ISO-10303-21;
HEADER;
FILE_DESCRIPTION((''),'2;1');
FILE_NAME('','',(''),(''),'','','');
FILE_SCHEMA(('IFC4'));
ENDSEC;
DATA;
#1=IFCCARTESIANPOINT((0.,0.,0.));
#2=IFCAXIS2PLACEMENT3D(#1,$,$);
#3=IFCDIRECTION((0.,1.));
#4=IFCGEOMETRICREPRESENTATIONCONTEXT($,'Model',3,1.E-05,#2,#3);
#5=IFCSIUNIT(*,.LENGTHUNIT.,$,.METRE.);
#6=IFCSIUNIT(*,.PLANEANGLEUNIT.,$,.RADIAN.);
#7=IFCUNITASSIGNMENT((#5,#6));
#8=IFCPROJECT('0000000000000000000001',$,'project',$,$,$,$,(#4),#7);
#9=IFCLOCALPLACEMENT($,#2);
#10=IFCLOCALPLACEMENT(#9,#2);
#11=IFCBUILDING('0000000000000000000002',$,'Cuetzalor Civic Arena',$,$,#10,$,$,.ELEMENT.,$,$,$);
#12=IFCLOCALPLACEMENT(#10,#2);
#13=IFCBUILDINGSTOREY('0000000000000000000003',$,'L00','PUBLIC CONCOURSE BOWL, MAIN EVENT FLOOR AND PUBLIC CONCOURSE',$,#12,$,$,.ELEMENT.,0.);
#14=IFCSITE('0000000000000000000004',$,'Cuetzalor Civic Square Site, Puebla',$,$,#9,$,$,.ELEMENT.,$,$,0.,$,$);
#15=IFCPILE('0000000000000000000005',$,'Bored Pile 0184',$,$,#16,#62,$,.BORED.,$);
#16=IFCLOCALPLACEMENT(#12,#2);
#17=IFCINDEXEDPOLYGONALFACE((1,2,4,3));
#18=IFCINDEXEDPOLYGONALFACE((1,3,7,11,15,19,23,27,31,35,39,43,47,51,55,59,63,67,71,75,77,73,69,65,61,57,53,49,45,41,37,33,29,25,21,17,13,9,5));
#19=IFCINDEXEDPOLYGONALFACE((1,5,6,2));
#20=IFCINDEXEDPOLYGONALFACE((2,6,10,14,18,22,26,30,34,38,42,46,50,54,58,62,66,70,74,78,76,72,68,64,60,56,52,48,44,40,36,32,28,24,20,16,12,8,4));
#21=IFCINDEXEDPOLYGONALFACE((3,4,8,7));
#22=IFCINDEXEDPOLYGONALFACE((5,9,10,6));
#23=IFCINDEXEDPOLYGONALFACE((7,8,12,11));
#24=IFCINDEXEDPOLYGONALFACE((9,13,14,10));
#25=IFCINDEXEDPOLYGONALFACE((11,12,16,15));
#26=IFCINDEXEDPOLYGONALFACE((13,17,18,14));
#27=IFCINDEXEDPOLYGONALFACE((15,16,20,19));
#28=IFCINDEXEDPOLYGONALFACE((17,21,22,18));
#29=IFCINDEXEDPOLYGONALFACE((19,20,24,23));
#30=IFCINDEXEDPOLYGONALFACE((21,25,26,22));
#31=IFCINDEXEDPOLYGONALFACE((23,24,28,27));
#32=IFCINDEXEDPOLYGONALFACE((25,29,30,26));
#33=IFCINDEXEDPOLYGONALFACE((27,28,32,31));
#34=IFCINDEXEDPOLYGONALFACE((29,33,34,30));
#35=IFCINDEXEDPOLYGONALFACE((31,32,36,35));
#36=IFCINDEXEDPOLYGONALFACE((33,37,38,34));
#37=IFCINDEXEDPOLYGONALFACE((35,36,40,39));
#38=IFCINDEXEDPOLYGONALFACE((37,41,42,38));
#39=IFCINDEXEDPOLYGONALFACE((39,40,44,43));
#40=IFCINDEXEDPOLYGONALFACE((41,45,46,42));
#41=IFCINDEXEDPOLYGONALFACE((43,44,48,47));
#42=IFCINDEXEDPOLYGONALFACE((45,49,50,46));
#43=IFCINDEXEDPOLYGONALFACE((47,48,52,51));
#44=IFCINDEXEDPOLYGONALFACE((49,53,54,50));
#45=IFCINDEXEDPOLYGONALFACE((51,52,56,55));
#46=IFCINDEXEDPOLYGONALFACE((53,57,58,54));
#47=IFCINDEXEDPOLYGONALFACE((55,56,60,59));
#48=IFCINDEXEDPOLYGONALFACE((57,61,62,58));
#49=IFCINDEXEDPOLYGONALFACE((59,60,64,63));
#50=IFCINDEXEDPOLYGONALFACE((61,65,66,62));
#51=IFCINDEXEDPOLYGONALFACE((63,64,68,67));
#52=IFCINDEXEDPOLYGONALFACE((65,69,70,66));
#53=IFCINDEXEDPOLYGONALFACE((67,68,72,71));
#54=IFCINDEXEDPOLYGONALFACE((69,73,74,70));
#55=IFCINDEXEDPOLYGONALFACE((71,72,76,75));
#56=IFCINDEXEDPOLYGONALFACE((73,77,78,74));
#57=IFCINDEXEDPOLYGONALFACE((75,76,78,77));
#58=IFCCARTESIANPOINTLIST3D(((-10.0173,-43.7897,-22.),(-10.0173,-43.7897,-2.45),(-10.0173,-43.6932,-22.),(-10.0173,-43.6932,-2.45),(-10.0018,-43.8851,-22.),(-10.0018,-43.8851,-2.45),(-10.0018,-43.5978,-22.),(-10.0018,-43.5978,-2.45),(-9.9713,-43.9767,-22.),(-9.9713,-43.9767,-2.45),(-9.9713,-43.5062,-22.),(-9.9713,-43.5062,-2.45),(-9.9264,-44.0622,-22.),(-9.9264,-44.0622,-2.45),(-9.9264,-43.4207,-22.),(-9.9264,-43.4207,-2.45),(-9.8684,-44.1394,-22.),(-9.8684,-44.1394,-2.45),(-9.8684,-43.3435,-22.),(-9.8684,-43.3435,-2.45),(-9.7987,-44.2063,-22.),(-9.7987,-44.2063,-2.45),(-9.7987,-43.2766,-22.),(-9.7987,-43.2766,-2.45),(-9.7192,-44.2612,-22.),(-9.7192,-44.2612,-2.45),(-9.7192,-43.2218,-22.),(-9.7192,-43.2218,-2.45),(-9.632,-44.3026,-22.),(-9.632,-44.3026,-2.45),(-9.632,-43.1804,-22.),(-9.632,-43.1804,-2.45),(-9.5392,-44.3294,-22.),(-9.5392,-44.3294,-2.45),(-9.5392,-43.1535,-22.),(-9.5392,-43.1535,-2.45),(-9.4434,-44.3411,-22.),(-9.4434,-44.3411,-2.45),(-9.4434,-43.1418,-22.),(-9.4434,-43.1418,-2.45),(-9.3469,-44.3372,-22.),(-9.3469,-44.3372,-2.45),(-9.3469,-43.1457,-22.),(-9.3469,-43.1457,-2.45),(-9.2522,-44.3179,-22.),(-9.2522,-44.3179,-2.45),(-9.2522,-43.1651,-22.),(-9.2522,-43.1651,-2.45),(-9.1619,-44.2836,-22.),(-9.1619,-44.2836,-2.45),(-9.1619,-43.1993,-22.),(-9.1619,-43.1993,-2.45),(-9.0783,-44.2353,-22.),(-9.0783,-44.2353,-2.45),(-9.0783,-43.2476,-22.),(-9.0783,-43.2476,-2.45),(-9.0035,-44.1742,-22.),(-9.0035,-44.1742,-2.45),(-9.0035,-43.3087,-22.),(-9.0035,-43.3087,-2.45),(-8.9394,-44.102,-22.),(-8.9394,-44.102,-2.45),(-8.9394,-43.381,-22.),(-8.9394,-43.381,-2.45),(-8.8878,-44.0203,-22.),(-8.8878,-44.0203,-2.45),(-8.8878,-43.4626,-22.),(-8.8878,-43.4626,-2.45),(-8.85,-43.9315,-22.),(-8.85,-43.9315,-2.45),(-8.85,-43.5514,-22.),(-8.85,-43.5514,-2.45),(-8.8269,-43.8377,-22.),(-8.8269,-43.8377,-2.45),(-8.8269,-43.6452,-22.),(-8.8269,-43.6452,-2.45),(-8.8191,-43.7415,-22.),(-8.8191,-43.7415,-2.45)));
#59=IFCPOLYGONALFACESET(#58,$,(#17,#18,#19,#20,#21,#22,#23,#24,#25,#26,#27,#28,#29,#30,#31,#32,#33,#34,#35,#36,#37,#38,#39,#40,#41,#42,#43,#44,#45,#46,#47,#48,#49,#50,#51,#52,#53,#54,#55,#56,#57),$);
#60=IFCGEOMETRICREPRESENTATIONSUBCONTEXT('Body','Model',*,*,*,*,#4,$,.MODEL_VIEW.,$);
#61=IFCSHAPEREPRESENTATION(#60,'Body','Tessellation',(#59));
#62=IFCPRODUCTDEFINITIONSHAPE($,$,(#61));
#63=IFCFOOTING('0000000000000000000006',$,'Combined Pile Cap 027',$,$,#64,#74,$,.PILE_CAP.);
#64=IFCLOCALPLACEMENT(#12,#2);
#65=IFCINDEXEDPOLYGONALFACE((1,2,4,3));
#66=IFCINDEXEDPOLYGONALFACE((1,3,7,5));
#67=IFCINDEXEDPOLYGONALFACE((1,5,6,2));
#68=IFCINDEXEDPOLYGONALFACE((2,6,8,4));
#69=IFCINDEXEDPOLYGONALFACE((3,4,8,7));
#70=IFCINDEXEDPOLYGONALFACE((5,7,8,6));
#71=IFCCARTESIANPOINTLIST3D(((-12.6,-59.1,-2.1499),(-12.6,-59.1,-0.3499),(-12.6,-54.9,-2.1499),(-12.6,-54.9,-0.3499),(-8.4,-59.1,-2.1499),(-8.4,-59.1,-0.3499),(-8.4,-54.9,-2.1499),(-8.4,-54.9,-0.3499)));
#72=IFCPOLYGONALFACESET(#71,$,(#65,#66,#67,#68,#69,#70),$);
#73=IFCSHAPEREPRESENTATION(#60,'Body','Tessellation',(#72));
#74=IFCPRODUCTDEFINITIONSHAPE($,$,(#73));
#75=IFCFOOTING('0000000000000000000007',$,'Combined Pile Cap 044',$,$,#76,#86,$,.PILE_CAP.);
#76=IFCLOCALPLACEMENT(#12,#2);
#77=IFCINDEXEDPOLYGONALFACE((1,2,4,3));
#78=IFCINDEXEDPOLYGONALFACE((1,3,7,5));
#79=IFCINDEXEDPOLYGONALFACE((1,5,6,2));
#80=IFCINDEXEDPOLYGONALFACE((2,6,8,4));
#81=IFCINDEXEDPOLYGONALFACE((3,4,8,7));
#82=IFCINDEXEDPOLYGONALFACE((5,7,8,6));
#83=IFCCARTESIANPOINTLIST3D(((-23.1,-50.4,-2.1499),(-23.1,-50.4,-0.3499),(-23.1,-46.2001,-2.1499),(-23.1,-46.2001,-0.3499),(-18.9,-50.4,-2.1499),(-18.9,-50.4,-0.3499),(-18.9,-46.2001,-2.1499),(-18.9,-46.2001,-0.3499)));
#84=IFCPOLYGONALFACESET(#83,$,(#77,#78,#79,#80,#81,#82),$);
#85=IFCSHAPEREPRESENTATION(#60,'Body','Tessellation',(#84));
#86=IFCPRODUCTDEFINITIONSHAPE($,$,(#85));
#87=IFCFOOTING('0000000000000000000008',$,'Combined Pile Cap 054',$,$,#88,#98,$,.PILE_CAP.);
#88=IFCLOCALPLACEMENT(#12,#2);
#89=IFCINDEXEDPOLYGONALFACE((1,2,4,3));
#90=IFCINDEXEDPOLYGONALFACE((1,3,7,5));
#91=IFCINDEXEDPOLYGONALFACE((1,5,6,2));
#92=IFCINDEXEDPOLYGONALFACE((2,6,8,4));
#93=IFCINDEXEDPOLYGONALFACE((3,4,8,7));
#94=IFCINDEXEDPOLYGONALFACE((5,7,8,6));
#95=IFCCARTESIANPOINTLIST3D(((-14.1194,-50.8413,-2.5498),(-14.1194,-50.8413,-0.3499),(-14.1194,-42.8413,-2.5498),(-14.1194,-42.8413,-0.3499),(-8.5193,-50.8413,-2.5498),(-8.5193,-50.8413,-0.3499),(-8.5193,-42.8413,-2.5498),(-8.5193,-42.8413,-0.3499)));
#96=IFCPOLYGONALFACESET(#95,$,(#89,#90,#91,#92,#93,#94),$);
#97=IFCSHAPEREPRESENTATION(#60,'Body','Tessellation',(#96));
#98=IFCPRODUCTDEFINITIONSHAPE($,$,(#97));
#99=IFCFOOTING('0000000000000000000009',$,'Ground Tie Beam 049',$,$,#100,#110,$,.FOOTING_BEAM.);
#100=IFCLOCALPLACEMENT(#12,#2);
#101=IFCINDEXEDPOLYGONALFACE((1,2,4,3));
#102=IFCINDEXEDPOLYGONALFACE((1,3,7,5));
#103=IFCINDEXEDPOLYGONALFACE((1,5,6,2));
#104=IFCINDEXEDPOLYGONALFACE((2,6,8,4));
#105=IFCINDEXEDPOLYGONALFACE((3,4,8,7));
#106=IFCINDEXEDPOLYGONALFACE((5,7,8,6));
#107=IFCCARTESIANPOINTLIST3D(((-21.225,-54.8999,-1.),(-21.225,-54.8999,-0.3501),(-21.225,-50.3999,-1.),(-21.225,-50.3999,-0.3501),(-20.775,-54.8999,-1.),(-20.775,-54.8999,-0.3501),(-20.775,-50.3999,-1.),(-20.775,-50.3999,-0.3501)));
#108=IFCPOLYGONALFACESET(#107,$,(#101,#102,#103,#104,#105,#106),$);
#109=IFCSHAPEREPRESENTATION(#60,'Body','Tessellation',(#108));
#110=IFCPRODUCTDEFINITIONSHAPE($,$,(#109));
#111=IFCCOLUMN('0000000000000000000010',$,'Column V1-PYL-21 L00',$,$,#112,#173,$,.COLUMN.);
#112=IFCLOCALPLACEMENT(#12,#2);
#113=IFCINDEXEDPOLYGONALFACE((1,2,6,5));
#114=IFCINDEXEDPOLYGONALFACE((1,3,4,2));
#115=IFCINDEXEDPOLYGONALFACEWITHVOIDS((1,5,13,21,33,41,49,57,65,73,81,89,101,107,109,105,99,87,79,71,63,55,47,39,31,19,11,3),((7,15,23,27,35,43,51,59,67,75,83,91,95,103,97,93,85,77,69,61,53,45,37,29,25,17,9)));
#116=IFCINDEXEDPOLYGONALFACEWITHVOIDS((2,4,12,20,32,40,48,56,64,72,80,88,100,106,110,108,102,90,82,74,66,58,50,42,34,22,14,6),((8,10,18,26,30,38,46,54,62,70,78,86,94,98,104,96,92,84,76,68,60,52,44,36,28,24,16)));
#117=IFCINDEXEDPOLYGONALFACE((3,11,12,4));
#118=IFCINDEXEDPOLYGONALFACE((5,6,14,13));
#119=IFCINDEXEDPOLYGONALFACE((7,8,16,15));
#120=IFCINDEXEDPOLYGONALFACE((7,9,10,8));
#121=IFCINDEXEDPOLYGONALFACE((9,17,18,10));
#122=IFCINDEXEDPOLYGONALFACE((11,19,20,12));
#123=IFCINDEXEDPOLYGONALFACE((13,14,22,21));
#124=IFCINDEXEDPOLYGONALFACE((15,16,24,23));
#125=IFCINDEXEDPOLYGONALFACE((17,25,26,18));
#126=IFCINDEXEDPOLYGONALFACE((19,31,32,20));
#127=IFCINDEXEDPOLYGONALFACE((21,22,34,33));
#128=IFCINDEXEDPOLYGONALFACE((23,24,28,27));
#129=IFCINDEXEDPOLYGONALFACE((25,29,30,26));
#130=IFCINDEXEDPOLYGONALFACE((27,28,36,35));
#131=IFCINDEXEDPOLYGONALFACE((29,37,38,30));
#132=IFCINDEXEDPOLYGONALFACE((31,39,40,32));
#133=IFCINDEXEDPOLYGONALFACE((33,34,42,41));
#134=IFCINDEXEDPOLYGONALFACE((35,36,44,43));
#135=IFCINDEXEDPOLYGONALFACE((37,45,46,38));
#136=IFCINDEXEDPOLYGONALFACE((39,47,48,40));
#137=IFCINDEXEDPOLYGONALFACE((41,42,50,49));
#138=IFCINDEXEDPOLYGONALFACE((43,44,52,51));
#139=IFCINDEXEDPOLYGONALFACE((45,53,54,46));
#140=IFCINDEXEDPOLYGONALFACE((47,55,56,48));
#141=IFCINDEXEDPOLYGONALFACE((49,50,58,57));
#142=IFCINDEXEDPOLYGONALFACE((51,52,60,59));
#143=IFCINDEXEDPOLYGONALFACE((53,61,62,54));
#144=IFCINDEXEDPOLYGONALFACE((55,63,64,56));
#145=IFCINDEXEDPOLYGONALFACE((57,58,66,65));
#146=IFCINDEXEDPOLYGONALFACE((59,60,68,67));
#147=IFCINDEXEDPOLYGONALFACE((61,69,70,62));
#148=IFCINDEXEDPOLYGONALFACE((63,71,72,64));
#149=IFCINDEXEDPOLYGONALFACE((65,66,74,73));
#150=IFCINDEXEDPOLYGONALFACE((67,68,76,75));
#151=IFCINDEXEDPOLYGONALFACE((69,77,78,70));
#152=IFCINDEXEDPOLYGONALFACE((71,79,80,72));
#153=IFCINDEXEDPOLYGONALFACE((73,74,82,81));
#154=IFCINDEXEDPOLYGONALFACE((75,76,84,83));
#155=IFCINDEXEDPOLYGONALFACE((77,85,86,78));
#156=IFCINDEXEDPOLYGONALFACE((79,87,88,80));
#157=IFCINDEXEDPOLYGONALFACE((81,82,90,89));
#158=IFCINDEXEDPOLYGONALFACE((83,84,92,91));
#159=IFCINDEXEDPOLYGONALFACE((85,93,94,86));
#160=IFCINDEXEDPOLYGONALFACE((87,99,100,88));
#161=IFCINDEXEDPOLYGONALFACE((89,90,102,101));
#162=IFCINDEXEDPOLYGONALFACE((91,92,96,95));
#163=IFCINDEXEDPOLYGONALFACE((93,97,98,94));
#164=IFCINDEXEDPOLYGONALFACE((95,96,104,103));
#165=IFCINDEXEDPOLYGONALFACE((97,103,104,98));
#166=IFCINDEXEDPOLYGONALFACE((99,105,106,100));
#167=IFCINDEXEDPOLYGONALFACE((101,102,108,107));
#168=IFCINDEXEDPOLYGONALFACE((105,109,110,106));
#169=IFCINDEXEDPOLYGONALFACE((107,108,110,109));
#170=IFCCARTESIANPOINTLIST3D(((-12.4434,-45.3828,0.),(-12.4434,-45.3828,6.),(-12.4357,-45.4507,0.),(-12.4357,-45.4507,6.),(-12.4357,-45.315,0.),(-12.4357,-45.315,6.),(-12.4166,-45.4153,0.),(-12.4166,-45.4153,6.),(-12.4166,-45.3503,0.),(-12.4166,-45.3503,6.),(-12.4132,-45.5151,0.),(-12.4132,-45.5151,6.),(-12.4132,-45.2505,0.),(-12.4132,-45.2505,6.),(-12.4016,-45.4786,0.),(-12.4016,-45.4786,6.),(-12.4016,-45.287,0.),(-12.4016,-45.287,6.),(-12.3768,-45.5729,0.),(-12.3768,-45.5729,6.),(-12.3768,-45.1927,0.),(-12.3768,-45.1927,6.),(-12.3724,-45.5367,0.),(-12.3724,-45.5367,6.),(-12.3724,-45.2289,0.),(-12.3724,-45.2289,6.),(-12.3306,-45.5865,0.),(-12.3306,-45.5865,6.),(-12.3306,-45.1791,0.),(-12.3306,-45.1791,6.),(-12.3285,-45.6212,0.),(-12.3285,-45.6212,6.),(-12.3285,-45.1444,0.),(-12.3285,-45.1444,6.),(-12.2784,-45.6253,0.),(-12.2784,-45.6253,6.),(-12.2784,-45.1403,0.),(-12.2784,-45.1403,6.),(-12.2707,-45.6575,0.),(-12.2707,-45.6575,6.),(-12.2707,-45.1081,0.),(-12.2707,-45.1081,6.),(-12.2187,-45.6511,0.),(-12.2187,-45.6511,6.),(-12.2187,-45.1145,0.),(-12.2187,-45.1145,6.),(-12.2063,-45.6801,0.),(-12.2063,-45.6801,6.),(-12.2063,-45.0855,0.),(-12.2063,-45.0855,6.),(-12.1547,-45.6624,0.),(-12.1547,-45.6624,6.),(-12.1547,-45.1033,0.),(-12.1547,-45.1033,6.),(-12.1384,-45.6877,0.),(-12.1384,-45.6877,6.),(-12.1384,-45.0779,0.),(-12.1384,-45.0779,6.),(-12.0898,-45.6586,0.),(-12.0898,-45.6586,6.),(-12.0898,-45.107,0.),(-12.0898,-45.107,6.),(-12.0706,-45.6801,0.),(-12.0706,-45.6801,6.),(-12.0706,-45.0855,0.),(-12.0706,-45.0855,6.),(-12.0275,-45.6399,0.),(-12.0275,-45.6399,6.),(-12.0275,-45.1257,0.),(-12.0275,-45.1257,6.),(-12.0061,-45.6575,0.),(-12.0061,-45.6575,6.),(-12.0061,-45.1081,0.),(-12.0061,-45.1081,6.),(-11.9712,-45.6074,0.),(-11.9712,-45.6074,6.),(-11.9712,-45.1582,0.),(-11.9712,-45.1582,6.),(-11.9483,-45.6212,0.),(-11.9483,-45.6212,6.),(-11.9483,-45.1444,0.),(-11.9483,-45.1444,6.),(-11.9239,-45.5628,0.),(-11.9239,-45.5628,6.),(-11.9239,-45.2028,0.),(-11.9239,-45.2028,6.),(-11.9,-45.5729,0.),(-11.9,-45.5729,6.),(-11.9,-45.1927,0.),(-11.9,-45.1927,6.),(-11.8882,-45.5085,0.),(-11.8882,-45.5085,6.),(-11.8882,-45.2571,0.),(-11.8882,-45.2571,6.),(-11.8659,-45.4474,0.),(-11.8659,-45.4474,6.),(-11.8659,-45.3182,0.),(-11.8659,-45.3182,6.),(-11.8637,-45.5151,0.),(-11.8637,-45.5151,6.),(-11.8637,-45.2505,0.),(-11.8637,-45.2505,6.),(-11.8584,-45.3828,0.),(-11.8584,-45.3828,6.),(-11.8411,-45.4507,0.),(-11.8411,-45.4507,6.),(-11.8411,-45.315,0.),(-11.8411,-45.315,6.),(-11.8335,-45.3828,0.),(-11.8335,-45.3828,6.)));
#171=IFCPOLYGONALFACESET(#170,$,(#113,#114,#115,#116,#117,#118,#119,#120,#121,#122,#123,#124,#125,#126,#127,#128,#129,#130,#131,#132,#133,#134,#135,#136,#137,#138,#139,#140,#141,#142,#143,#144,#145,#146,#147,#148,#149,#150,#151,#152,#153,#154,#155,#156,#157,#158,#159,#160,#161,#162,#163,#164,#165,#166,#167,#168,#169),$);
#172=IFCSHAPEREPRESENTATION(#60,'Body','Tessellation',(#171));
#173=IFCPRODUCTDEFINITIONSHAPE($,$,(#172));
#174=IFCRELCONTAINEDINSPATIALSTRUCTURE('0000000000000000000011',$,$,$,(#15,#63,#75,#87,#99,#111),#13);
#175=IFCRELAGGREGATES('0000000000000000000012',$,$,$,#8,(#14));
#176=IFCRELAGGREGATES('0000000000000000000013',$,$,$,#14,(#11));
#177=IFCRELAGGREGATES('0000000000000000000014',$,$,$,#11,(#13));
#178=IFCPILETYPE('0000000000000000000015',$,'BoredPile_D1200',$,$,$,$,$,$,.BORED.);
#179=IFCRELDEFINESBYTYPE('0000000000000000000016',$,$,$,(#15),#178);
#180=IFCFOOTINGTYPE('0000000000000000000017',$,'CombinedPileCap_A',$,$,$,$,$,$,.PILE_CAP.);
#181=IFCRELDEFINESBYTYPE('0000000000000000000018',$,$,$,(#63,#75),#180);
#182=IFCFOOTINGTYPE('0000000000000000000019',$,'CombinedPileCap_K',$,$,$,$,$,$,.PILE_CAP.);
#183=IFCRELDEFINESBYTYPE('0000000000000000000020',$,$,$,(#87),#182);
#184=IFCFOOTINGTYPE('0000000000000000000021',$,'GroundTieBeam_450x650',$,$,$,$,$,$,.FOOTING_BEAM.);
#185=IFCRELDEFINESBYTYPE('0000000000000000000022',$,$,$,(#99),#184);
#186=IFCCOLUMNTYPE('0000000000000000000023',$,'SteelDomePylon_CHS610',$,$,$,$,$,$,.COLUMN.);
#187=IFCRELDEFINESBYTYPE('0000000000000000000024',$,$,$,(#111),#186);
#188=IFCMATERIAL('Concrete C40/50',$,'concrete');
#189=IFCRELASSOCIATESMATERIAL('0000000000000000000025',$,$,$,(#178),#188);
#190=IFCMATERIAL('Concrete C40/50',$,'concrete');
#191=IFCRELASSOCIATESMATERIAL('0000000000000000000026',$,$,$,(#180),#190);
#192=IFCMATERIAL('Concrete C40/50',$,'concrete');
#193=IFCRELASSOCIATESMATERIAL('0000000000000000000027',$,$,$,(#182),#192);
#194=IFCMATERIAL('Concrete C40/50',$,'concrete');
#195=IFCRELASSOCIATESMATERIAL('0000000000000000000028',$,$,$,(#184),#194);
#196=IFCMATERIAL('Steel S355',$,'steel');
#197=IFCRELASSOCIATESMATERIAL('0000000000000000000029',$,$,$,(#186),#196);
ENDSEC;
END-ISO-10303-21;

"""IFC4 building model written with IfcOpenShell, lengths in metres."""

from ifc_helpers import new_model, si_unit, direction, frame, origin, origin_2d, place, context, subcontext, project, spatial, rectangle, circle, hollow_circle, extrude, material, material_profile, profile_set, type_object, element, save


model = new_model("IFC4")

# Units and contexts
model_context = context("Model", 3, precision=1e-05, world=origin(), true_north=direction((0.0, 1.0)))
body_context = subcontext(model_context, "Body", "Model", "MODEL_VIEW")
ifc_project = project(units=[si_unit("LENGTHUNIT", "METRE"), si_unit("PLANEANGLEUNIT", "RADIAN")], contexts=[model_context])

# Site, building, storey
site_placement = place(None, origin())
site = spatial("IfcSite", under=ifc_project, at=site_placement, Name="Cuetzalor Civic Square Site, Puebla", CompositionType="ELEMENT", RefElevation=0.0)
building_placement = place(site_placement, origin())
building = spatial("IfcBuilding", under=site, at=building_placement, Name="Cuetzalor Civic Arena", CompositionType="ELEMENT")
storey_placement = place(building_placement, origin())
storey = spatial("IfcBuildingStorey", under=building, at=storey_placement, Name="L00", Description="PUBLIC CONCOURSE BOWL, MAIN EVENT FLOOR AND PUBLIC CONCOURSE", CompositionType="ELEMENT", Elevation=0.0)

# Pile
ifc_material_1 = material(Name="Concrete C40/50", Category="concrete")
ifc_material_profile_1 = material_profile(ifc_material_1, circle(Radius=0.6001, at=origin_2d()), Name="BORED PILE D1200")
ifc_profile_set_1 = profile_set([ifc_material_profile_1], Name="Concrete C40/50")
pile_type_1 = type_object("IfcPileType", Name="BoredPile_D1200", PredefinedType="BORED", material=ifc_profile_set_1)
for number, where, z_axis, x_axis, name in (
    (1, (-9.4192, -43.7415, -2.45), (0.0, 0.0, -1.0), (1.0, 0.0, 0.0), "Bored Pile 0184"),
):
    element("IfcPile", number, at=place(storey_placement, frame(where, z_axis=z_axis, x_axis=x_axis)), inside=storey, type_object=pile_type_1, Name=name, PredefinedType="BORED", context=body_context, shape_type="SweptSolid", body=[
        extrude(circle(Radius=0.6001, at=origin_2d()), origin(), (0.0, 0.0, 1.0), 19.55),
    ])

# Footings
ifc_material_2 = material(Name="Concrete C40/50", Category="concrete")
footing_type_1 = type_object("IfcFootingType", Name="CombinedPileCap_A", PredefinedType="PILE_CAP", material=ifc_material_2)
for number, where, z_axis, x_axis, name in (
    (2, (-10.5, -57.0, -2.1499), (0.0, 0.0, 1.0), (1.0, 0.0, 0.0), "Combined Pile Cap 027"),
    (3, (-21.0, -48.3, -2.1499), (0.0, 0.0, 1.0), (1.0, 0.0, 0.0), "Combined Pile Cap 044"),
):
    element("IfcFooting", number, at=place(storey_placement, frame(where, z_axis=z_axis, x_axis=x_axis)), inside=storey, type_object=footing_type_1, Name=name, PredefinedType="PILE_CAP", context=body_context, shape_type="SweptSolid", body=[
        extrude(rectangle(XDim=4.2, YDim=4.2, at=origin_2d()), origin(), (0.0, 0.0, 1.0), 1.8),
    ])
ifc_material_3 = material(Name="Concrete C40/50", Category="concrete")
footing_type_2 = type_object("IfcFootingType", Name="CombinedPileCap_K", PredefinedType="PILE_CAP", material=ifc_material_3)
footing_1_placement = place(storey_placement, frame((-11.3193, -46.8413, -2.5498), z_axis=(0.0, 0.0, 1.0), x_axis=(1.0, 0.0, 0.0)))
element("IfcFooting", 4, at=footing_1_placement, inside=storey, type_object=footing_type_2, Name="Combined Pile Cap 054", PredefinedType="PILE_CAP", context=body_context, shape_type="SweptSolid", body=[
    extrude(rectangle(XDim=5.6001, YDim=8.0, at=origin_2d()), origin(), (0.0, 0.0, 1.0), 2.2),
])
ifc_material_4 = material(Name="Concrete C40/50", Category="concrete")
ifc_material_profile_2 = material_profile(ifc_material_4, rectangle(XDim=0.45, YDim=0.6499, at=origin_2d()), Name="RC 450x650")
ifc_profile_set_2 = profile_set([ifc_material_profile_2], Name="Concrete C40/50")
footing_type_3 = type_object("IfcFootingType", Name="GroundTieBeam_450x650", PredefinedType="FOOTING_BEAM", material=ifc_profile_set_2)
footing_2_placement = place(storey_placement, frame((-21.0, -54.8999, -0.675), z_axis=(0.0, 1.0, 0.0), x_axis=(-1.0, 0.0, 0.0)))
element("IfcFooting", 5, at=footing_2_placement, inside=storey, type_object=footing_type_3, Name="Ground Tie Beam 049", PredefinedType="FOOTING_BEAM", context=body_context, shape_type="SweptSolid", body=[
    extrude(rectangle(XDim=0.45, YDim=0.6499, at=origin_2d()), origin(), (0.0, 0.0, 1.0), 4.5),
])

# Column
ifc_material_5 = material(Name="Steel S355", Category="steel")
ifc_material_profile_3 = material_profile(ifc_material_5, hollow_circle(Radius=0.3049, WallThickness=0.0249, at=origin_2d()), Name="CHS 610x25")
ifc_profile_set_3 = profile_set([ifc_material_profile_3], Name="Steel S355")
column_type_1 = type_object("IfcColumnType", Name="SteelDomePylon_CHS610", PredefinedType="COLUMN", material=ifc_profile_set_3)
column_placement = place(storey_placement, frame((-12.1384, -45.3828, 0.0), z_axis=(0.0, 0.0, 1.0), x_axis=(1.0, 0.0, 0.0)))
element("IfcColumn", 6, at=column_placement, inside=storey, type_object=column_type_1, Name="Column V1-PYL-21 L00", PredefinedType="COLUMN", context=body_context, shape_type="SweptSolid", body=[
    extrude(hollow_circle(Radius=0.3049, WallThickness=0.0249, at=origin_2d()), origin(), (0.0, 0.0, 1.0), 6.0),
])

save(model, "model.ifc")
